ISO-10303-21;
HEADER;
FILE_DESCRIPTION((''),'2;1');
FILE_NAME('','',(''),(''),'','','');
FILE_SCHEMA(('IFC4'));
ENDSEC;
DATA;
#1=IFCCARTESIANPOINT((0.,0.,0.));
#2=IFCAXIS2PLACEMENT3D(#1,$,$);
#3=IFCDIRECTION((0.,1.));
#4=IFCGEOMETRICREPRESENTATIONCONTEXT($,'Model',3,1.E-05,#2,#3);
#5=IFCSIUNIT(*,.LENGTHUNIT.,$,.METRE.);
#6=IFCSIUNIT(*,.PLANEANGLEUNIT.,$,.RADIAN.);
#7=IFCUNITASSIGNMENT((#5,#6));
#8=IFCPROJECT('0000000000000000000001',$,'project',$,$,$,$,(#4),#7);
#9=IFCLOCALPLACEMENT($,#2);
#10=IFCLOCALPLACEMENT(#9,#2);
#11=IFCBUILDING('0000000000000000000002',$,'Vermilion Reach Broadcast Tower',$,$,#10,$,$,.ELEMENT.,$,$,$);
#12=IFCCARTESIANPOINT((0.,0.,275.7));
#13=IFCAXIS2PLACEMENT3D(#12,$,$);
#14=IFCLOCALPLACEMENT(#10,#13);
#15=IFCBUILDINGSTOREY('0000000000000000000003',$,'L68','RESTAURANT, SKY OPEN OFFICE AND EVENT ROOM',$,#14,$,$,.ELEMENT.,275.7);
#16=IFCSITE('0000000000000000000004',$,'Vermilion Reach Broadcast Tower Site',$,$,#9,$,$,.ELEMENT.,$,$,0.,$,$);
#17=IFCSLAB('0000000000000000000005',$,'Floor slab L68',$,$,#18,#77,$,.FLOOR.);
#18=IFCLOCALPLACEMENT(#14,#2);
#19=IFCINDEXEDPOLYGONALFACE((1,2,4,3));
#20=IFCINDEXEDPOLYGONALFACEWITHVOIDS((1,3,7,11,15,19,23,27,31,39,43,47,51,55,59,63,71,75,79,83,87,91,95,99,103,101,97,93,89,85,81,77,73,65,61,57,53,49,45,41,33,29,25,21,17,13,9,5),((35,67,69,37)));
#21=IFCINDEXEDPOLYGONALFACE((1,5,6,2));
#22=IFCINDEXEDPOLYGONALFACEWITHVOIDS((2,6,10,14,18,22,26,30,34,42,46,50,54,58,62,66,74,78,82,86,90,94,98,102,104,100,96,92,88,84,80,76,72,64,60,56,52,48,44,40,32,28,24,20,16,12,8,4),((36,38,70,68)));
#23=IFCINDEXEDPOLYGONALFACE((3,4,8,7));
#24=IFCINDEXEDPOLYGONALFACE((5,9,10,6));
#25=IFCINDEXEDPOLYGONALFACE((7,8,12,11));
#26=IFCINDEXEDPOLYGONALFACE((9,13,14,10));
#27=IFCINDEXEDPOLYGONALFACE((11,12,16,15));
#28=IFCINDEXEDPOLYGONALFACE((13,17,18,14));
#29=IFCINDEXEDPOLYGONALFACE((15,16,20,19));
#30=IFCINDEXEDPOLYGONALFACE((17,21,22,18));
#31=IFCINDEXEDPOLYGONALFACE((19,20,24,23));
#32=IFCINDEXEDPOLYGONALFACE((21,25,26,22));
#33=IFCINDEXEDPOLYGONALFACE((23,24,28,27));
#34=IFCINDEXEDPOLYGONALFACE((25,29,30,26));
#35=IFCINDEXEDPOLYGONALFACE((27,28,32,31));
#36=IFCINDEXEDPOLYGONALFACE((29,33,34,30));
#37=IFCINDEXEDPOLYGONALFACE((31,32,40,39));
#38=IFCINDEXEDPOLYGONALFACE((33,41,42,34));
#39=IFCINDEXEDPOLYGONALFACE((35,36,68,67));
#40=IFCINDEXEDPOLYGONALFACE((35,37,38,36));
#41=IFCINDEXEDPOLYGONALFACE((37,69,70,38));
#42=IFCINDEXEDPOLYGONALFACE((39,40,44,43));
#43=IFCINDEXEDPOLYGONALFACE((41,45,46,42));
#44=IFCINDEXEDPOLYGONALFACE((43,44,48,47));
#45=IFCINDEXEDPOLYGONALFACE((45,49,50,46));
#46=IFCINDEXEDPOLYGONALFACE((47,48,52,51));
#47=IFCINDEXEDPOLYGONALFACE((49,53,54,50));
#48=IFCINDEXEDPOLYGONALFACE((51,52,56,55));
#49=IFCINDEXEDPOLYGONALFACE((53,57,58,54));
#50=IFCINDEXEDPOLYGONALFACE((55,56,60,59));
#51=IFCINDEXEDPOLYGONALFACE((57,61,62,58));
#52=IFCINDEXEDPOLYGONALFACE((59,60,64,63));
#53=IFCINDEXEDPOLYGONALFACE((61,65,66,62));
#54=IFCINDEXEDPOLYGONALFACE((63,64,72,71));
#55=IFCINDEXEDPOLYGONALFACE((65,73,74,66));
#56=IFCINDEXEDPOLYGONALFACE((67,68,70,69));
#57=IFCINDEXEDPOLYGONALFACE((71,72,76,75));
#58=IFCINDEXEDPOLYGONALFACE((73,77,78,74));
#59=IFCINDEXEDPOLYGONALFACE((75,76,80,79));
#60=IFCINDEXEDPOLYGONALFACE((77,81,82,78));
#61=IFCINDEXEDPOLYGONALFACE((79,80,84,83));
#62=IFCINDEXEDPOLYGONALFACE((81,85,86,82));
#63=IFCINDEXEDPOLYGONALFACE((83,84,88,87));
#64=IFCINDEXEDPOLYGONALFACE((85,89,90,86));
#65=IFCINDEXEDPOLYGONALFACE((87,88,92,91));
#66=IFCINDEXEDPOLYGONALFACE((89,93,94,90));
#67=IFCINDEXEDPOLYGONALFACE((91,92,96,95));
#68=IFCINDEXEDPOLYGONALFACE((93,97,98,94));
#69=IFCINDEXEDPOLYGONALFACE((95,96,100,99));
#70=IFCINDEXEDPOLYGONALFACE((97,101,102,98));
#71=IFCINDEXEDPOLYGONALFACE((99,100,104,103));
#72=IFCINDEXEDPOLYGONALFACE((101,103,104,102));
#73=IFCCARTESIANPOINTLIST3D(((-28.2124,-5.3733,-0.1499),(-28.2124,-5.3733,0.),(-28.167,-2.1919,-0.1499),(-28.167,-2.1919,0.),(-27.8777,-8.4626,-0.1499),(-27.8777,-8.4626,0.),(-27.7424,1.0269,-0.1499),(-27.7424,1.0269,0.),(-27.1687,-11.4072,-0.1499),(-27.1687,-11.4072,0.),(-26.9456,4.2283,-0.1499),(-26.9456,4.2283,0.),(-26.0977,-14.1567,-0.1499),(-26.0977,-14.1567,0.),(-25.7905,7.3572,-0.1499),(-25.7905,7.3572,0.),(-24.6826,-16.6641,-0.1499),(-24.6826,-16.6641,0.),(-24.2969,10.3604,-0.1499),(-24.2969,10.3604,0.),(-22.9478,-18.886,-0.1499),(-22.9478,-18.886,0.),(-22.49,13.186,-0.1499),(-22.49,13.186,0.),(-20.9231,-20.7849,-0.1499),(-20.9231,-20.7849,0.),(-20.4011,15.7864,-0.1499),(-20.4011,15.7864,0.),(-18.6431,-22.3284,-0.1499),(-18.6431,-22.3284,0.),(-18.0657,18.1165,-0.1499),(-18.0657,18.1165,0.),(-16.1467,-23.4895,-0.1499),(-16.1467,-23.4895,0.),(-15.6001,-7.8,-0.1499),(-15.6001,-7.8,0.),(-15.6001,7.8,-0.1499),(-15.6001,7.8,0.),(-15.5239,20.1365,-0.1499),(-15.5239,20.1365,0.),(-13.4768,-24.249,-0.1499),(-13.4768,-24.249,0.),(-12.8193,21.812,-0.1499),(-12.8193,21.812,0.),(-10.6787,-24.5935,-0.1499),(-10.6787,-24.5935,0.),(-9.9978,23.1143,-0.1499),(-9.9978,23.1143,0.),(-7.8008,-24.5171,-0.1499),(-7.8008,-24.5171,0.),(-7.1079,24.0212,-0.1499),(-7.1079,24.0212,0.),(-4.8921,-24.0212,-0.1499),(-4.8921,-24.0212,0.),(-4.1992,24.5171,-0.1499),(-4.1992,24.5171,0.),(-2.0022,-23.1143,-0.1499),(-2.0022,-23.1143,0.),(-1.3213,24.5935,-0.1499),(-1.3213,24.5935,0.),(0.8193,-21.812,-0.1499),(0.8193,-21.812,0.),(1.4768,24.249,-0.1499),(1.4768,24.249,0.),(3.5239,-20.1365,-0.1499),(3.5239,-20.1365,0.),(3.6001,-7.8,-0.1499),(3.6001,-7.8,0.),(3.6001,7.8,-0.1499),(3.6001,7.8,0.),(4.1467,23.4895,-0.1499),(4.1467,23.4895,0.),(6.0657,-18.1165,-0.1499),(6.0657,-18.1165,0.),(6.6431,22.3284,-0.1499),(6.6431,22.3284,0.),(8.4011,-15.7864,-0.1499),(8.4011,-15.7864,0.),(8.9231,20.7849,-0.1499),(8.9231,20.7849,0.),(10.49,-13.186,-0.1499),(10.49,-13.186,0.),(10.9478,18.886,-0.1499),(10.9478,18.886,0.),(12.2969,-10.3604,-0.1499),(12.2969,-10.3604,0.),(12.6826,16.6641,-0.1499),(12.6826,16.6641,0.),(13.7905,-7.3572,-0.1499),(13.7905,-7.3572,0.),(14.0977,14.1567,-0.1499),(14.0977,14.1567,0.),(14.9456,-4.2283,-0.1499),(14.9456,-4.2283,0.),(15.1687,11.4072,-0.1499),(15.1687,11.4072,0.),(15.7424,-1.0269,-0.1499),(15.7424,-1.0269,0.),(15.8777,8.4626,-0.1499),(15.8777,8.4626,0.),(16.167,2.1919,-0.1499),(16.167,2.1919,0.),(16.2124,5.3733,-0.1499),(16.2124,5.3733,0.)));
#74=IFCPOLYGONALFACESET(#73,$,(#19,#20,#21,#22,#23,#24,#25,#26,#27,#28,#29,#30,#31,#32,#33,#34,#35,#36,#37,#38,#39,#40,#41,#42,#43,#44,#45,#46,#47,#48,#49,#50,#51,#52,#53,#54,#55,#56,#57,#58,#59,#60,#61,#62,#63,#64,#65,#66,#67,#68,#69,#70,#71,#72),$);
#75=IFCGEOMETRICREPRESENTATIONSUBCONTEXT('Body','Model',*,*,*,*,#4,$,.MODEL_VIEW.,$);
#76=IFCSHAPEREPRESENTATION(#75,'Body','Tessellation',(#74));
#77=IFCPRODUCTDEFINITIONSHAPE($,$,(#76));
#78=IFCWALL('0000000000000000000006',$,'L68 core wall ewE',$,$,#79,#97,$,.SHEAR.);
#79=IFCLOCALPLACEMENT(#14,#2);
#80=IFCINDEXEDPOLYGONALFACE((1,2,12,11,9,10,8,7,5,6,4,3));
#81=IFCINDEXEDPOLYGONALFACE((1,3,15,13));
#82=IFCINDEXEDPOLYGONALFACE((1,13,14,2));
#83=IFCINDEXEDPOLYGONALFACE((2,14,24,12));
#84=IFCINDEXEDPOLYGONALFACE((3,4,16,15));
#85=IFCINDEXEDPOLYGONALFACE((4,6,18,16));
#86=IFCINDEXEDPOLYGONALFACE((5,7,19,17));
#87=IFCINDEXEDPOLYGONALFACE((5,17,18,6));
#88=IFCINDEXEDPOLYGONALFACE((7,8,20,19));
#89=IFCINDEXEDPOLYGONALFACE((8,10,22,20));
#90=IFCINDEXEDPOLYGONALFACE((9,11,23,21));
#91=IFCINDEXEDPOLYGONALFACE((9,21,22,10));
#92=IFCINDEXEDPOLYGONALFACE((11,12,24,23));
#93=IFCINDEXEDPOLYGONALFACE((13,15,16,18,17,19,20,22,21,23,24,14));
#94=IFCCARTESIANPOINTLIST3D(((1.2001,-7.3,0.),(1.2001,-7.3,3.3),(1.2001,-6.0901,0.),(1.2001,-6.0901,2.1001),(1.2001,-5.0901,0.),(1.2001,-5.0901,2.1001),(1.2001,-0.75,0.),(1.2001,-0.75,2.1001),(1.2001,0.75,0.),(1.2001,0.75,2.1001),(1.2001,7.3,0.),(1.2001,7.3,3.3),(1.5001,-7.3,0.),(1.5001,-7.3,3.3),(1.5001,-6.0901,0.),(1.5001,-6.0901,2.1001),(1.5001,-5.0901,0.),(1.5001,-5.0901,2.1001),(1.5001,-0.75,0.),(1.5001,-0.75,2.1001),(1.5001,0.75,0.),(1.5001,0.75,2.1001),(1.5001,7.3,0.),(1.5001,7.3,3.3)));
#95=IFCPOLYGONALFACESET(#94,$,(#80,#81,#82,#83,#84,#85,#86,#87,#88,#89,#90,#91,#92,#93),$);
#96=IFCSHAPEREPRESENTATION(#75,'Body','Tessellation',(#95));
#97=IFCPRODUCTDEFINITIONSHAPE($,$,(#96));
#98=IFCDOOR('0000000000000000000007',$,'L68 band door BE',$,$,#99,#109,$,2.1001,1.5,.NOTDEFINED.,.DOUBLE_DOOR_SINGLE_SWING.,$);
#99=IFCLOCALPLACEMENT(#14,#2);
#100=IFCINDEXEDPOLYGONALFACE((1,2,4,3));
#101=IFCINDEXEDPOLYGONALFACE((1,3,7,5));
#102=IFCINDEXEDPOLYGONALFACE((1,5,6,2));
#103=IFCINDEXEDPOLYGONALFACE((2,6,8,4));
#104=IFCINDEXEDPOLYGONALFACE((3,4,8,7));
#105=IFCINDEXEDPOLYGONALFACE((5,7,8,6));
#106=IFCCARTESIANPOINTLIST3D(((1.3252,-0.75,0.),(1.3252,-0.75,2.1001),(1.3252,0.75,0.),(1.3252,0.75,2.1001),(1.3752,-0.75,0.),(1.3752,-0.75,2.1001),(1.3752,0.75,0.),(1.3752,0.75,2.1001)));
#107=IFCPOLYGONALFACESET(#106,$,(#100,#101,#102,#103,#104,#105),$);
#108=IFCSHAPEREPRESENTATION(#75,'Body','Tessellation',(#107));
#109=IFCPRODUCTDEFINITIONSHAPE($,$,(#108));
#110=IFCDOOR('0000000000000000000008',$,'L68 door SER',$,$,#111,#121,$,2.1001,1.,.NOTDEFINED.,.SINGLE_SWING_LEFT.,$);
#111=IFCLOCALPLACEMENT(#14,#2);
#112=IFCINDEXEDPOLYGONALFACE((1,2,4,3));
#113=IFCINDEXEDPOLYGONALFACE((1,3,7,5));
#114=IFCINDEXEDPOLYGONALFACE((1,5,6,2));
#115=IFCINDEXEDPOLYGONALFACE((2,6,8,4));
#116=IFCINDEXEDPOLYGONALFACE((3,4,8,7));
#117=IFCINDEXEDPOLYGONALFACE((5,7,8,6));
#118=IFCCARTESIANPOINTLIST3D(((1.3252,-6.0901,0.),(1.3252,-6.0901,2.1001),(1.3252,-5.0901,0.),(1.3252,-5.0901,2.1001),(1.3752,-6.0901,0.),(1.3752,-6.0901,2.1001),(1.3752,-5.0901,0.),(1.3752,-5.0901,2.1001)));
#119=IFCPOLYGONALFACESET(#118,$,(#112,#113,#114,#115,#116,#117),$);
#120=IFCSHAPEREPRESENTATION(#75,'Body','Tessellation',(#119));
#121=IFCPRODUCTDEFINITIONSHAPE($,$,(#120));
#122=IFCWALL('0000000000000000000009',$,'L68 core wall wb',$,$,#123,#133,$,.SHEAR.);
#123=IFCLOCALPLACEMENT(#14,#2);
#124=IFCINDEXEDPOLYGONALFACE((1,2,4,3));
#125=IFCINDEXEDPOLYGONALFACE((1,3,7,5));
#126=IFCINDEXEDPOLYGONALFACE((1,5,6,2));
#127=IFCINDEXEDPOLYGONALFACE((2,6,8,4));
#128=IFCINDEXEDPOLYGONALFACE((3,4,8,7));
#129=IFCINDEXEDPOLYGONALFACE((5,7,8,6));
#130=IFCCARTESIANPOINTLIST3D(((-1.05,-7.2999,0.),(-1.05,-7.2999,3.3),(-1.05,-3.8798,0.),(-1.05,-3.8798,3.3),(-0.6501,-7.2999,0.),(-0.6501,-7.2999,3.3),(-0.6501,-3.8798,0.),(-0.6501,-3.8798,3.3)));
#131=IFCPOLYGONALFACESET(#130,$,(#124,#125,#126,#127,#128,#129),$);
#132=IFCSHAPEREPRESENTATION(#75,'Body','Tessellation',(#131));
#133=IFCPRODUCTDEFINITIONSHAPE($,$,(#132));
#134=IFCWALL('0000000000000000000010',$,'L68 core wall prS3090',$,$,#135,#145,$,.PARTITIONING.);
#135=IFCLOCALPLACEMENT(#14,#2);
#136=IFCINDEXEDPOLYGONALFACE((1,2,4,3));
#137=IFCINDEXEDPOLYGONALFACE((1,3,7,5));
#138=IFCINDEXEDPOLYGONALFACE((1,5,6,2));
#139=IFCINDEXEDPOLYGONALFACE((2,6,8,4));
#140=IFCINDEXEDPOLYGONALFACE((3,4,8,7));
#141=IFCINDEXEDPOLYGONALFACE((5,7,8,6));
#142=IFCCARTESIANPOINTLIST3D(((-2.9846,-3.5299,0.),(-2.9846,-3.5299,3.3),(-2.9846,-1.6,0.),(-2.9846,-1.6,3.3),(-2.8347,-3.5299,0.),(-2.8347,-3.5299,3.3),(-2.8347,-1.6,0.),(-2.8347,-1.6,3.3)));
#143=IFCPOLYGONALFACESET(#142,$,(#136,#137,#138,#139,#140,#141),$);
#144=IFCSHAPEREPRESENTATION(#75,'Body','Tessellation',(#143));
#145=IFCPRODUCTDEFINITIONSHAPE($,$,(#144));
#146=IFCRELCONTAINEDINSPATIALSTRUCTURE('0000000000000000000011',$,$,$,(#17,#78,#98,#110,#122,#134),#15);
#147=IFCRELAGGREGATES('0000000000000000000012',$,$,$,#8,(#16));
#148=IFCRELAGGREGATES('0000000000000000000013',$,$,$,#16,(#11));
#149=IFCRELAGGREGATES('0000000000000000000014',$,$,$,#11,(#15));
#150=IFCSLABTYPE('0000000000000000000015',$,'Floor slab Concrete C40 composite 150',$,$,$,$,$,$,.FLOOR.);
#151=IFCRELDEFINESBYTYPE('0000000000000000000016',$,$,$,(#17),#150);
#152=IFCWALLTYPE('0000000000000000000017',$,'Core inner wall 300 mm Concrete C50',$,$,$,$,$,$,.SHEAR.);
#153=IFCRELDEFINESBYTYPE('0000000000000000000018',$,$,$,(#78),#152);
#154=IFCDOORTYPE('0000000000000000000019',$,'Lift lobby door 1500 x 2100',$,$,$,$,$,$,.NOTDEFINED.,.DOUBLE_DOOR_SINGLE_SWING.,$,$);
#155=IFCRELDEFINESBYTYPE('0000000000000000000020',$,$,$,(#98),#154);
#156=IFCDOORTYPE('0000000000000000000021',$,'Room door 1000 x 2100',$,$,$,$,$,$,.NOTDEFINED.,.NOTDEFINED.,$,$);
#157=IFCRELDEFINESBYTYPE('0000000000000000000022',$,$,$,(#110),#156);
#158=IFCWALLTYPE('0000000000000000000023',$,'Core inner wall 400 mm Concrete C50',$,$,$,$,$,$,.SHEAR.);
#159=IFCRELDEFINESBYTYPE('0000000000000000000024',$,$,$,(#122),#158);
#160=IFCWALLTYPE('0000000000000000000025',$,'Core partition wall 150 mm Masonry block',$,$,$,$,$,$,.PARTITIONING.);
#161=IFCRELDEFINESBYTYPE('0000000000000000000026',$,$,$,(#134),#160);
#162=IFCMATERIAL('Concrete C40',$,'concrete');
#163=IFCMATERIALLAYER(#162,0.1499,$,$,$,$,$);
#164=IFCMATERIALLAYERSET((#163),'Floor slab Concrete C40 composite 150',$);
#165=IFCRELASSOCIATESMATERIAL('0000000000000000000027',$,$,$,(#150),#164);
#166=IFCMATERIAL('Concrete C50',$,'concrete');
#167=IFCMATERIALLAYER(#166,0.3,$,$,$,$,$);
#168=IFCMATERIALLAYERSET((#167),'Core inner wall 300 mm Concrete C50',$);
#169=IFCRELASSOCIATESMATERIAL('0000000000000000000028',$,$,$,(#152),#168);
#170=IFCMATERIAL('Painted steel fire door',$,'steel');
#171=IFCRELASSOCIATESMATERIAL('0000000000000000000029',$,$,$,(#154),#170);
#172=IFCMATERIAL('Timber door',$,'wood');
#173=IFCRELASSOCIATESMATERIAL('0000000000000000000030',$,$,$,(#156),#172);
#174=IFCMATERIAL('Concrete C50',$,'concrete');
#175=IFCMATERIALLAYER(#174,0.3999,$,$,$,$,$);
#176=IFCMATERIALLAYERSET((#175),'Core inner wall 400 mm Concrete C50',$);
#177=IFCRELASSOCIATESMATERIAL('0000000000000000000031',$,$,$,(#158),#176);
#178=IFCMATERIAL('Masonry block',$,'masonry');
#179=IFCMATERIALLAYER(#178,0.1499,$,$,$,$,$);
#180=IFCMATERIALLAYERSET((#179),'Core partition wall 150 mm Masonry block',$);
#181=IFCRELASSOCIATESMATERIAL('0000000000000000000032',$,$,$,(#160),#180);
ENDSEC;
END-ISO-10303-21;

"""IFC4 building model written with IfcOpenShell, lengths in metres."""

from ifc_helpers import new_model, si_unit, direction, frame, frame_2d, origin, place, context, subcontext, project, spatial, polyline, rectangle, outline, extrude, material, layer, layer_set, type_object, element, fill, save


model = new_model("IFC4")

# Units and contexts
model_context = context("Model", 3, precision=1e-05, world=origin(), true_north=direction((0.0, 1.0)))
body_context = subcontext(model_context, "Body", "Model", "MODEL_VIEW")
ifc_project = project(units=[si_unit("LENGTHUNIT", "METRE"), si_unit("PLANEANGLEUNIT", "RADIAN")], contexts=[model_context])

# Site, building, storey
site_placement = place(None, origin())
site = spatial("IfcSite", under=ifc_project, at=site_placement, Name="Vermilion Reach Broadcast Tower Site", CompositionType="ELEMENT", RefElevation=0.0)
building_placement = place(site_placement, origin())
building = spatial("IfcBuilding", under=site, at=building_placement, Name="Vermilion Reach Broadcast Tower", CompositionType="ELEMENT")
storey_placement = place(building_placement, frame((0.0, 0.0, 275.7)))
storey = spatial("IfcBuildingStorey", under=building, at=storey_placement, Name="L68", Description="RESTAURANT, SKY OPEN OFFICE AND EVENT ROOM", CompositionType="ELEMENT", Elevation=275.7)

# Slab
ifc_material_1 = material(Name="Concrete C40", Category="concrete")
ifc_layer_1 = layer(ifc_material_1, 0.1499)
ifc_layer_set_1 = layer_set([ifc_layer_1], Name="Floor slab Concrete C40 composite 150")
slab_type_1 = type_object("IfcSlabType", Name="Floor slab Concrete C40 composite 150", PredefinedType="FLOOR", material=ifc_layer_set_1)
slab_1_placement = place(storey_placement, frame((0.0, 0.0, -0.1499)))
element("IfcSlab", 1, at=slab_1_placement, inside=storey, type_object=slab_type_1, Name="Floor slab L68", PredefinedType="FLOOR", context=body_context, shape_type="SweptSolid", body=[
    extrude(outline(polyline([(6.6431, 22.3284), (4.1467, 23.4895), (1.4768, 24.249), (-1.3213, 24.5935), (-4.1992, 24.5171), (-7.1079, 24.0212), (-9.9978, 23.1143), (-12.8193, 21.812), (-15.5239, 20.1365), (-18.0657, 18.1165), (-20.4011, 15.7864), (-22.49, 13.186), (-24.2969, 10.3604), (-25.7905, 7.3572), (-26.9456, 4.2283), (-27.7424, 1.0269), (-28.167, -2.1919), (-28.2124, -5.3733), (-27.8777, -8.4626), (-27.1687, -11.4072), (-26.0977, -14.1567), (-24.6826, -16.6641), (-22.9478, -18.886), (-20.9231, -20.7849), (-18.6431, -22.3284), (-16.1467, -23.4895), (-13.4768, -24.249), (-10.6787, -24.5935), (-7.8008, -24.5171), (-4.8921, -24.0212), (-2.0022, -23.1143), (0.8193, -21.812), (3.5239, -20.1365), (6.0657, -18.1165), (8.4011, -15.7864), (10.49, -13.186), (12.2969, -10.3604), (13.7905, -7.3572), (14.9456, -4.2283), (15.7424, -1.0269), (16.167, 2.1919), (16.2124, 5.3733), (15.8777, 8.4626), (15.1687, 11.4072), (14.0977, 14.1567), (12.6826, 16.6641), (10.9478, 18.886), (8.9231, 20.7849), (6.6431, 22.3284)]), holes=[polyline([(-15.6001, -7.8), (3.6001, -7.8), (3.6001, 7.8), (-15.6001, 7.8), (-15.6001, -7.8)])]), origin(), (0.0, 0.0, 1.0), 0.1499),
])

# Wall, openings, doors
ifc_material_2 = material(Name="Concrete C50", Category="concrete")
ifc_layer_2 = layer(ifc_material_2, 0.3)
ifc_layer_set_2 = layer_set([ifc_layer_2], Name="Core inner wall 300 mm Concrete C50")
wall_type_1 = type_object("IfcWallType", Name="Core inner wall 300 mm Concrete C50", PredefinedType="SHEAR", material=ifc_layer_set_2)
wall_1_placement = place(storey_placement, frame((1.3501, -7.3, 0.0), z_axis=(0.0, 0.0, 1.0), x_axis=(0.0, 1.0, 0.0)))
wall_1 = element("IfcWall", 2, at=wall_1_placement, inside=storey, type_object=wall_type_1, Name="L68 core wall ewE", PredefinedType="SHEAR", context=body_context, shape_type="SweptSolid", body=[
    extrude(rectangle(XDim=14.6001, YDim=0.3, at=frame_2d((7.3, 0.0))), origin(), (0.0, 0.0, 1.0), 3.3),
])
opening_1_placement = place(wall_1_placement, frame((1.21, 0.0, 0.0)))
opening_1 = element("IfcOpeningElement", 3, at=opening_1_placement, cuts=wall_1, PredefinedType="OPENING", context=body_context, shape_type="SweptSolid", body=[
    extrude(rectangle(XDim=1.0, YDim=2.1001, at=frame_2d((0.5, 1.05))), frame((0.0, 0.1599, 0.0), z_axis=(0.0, -1.0, 0.0), x_axis=(1.0, 0.0, 0.0)), (0.0, 0.0, 1.0), 0.3201),
])
opening_2_placement = place(wall_1_placement, frame((6.55, 0.0, 0.0)))
opening_2 = element("IfcOpeningElement", 4, at=opening_2_placement, cuts=wall_1, PredefinedType="OPENING", context=body_context, shape_type="SweptSolid", body=[
    extrude(rectangle(XDim=1.5, YDim=2.1001, at=frame_2d((0.75, 1.05))), frame((0.0, 0.1599, 0.0), z_axis=(0.0, -1.0, 0.0), x_axis=(1.0, 0.0, 0.0)), (0.0, 0.0, 1.0), 0.3201),
])
ifc_material_3 = material(Name="Painted steel fire door", Category="steel")
door_type_1 = type_object("IfcDoorType", Name="Lift lobby door 1500 x 2100", OperationType="DOUBLE_DOOR_SINGLE_SWING", PredefinedType="NOTDEFINED", material=ifc_material_3)
door_1_placement = place(opening_2_placement, origin())
door_1 = element("IfcDoor", 5, at=door_1_placement, inside=storey, type_object=door_type_1, Name="L68 band door BE", OperationType="DOUBLE_DOOR_SINGLE_SWING", OverallHeight=2.1001, OverallWidth=1.5, PredefinedType="NOTDEFINED", context=body_context, shape_type="SweptSolid", body=[
    extrude(rectangle(XDim=1.5, YDim=2.1001, at=frame_2d((0.75, 1.05))), frame((0.0, 0.0249, 0.0), z_axis=(0.0, -1.0, 0.0), x_axis=(1.0, 0.0, 0.0)), (0.0, 0.0, 1.0), 0.05),
])
fill(opening_2, door_1)
ifc_material_4 = material(Name="Timber door", Category="wood")
door_type_2 = type_object("IfcDoorType", Name="Room door 1000 x 2100", OperationType="NOTDEFINED", PredefinedType="NOTDEFINED", material=ifc_material_4)
door_2_placement = place(opening_1_placement, origin())
door_2 = element("IfcDoor", 6, at=door_2_placement, inside=storey, type_object=door_type_2, Name="L68 door SER", OperationType="SINGLE_SWING_LEFT", OverallHeight=2.1001, OverallWidth=1.0, PredefinedType="NOTDEFINED", context=body_context, shape_type="SweptSolid", body=[
    extrude(rectangle(XDim=1.0, YDim=2.1001, at=frame_2d((0.5, 1.05))), frame((0.0, 0.0249, 0.0), z_axis=(0.0, -1.0, 0.0), x_axis=(1.0, 0.0, 0.0)), (0.0, 0.0, 1.0), 0.05),
])
fill(opening_1, door_2)

# Walls
ifc_material_5 = material(Name="Concrete C50", Category="concrete")
ifc_layer_3 = layer(ifc_material_5, 0.3999)
ifc_layer_set_3 = layer_set([ifc_layer_3], Name="Core inner wall 400 mm Concrete C50")
wall_type_2 = type_object("IfcWallType", Name="Core inner wall 400 mm Concrete C50", PredefinedType="SHEAR", material=ifc_layer_set_3)
wall_2_placement = place(storey_placement, frame((-0.8501, -3.8799, 0.0), z_axis=(0.0, 0.0, 1.0), x_axis=(0.0, -1.0, 0.0)))
element("IfcWall", 7, at=wall_2_placement, inside=storey, type_object=wall_type_2, Name="L68 core wall wb", PredefinedType="SHEAR", context=body_context, shape_type="SweptSolid", body=[
    extrude(rectangle(XDim=3.4202, YDim=0.3999, at=frame_2d((1.71, 0.0))), origin(), (0.0, 0.0, 1.0), 3.3),
])
ifc_material_6 = material(Name="Masonry block", Category="masonry")
ifc_layer_4 = layer(ifc_material_6, 0.1499)
ifc_layer_set_4 = layer_set([ifc_layer_4], Name="Core partition wall 150 mm Masonry block")
wall_type_3 = type_object("IfcWallType", Name="Core partition wall 150 mm Masonry block", PredefinedType="PARTITIONING", material=ifc_layer_set_4)
wall_3_placement = place(storey_placement, frame((-2.9097, -1.6001, 0.0), z_axis=(0.0, 0.0, 1.0), x_axis=(0.0, -1.0, 0.0)))
element("IfcWall", 8, at=wall_3_placement, inside=storey, type_object=wall_type_3, Name="L68 core wall prS3090", PredefinedType="PARTITIONING", context=body_context, shape_type="SweptSolid", body=[
    extrude(rectangle(XDim=1.9299, YDim=0.1499, at=frame_2d((0.9648, 0.0))), origin(), (0.0, 0.0, 1.0), 3.3),
])

save(model, "model.ifc")
